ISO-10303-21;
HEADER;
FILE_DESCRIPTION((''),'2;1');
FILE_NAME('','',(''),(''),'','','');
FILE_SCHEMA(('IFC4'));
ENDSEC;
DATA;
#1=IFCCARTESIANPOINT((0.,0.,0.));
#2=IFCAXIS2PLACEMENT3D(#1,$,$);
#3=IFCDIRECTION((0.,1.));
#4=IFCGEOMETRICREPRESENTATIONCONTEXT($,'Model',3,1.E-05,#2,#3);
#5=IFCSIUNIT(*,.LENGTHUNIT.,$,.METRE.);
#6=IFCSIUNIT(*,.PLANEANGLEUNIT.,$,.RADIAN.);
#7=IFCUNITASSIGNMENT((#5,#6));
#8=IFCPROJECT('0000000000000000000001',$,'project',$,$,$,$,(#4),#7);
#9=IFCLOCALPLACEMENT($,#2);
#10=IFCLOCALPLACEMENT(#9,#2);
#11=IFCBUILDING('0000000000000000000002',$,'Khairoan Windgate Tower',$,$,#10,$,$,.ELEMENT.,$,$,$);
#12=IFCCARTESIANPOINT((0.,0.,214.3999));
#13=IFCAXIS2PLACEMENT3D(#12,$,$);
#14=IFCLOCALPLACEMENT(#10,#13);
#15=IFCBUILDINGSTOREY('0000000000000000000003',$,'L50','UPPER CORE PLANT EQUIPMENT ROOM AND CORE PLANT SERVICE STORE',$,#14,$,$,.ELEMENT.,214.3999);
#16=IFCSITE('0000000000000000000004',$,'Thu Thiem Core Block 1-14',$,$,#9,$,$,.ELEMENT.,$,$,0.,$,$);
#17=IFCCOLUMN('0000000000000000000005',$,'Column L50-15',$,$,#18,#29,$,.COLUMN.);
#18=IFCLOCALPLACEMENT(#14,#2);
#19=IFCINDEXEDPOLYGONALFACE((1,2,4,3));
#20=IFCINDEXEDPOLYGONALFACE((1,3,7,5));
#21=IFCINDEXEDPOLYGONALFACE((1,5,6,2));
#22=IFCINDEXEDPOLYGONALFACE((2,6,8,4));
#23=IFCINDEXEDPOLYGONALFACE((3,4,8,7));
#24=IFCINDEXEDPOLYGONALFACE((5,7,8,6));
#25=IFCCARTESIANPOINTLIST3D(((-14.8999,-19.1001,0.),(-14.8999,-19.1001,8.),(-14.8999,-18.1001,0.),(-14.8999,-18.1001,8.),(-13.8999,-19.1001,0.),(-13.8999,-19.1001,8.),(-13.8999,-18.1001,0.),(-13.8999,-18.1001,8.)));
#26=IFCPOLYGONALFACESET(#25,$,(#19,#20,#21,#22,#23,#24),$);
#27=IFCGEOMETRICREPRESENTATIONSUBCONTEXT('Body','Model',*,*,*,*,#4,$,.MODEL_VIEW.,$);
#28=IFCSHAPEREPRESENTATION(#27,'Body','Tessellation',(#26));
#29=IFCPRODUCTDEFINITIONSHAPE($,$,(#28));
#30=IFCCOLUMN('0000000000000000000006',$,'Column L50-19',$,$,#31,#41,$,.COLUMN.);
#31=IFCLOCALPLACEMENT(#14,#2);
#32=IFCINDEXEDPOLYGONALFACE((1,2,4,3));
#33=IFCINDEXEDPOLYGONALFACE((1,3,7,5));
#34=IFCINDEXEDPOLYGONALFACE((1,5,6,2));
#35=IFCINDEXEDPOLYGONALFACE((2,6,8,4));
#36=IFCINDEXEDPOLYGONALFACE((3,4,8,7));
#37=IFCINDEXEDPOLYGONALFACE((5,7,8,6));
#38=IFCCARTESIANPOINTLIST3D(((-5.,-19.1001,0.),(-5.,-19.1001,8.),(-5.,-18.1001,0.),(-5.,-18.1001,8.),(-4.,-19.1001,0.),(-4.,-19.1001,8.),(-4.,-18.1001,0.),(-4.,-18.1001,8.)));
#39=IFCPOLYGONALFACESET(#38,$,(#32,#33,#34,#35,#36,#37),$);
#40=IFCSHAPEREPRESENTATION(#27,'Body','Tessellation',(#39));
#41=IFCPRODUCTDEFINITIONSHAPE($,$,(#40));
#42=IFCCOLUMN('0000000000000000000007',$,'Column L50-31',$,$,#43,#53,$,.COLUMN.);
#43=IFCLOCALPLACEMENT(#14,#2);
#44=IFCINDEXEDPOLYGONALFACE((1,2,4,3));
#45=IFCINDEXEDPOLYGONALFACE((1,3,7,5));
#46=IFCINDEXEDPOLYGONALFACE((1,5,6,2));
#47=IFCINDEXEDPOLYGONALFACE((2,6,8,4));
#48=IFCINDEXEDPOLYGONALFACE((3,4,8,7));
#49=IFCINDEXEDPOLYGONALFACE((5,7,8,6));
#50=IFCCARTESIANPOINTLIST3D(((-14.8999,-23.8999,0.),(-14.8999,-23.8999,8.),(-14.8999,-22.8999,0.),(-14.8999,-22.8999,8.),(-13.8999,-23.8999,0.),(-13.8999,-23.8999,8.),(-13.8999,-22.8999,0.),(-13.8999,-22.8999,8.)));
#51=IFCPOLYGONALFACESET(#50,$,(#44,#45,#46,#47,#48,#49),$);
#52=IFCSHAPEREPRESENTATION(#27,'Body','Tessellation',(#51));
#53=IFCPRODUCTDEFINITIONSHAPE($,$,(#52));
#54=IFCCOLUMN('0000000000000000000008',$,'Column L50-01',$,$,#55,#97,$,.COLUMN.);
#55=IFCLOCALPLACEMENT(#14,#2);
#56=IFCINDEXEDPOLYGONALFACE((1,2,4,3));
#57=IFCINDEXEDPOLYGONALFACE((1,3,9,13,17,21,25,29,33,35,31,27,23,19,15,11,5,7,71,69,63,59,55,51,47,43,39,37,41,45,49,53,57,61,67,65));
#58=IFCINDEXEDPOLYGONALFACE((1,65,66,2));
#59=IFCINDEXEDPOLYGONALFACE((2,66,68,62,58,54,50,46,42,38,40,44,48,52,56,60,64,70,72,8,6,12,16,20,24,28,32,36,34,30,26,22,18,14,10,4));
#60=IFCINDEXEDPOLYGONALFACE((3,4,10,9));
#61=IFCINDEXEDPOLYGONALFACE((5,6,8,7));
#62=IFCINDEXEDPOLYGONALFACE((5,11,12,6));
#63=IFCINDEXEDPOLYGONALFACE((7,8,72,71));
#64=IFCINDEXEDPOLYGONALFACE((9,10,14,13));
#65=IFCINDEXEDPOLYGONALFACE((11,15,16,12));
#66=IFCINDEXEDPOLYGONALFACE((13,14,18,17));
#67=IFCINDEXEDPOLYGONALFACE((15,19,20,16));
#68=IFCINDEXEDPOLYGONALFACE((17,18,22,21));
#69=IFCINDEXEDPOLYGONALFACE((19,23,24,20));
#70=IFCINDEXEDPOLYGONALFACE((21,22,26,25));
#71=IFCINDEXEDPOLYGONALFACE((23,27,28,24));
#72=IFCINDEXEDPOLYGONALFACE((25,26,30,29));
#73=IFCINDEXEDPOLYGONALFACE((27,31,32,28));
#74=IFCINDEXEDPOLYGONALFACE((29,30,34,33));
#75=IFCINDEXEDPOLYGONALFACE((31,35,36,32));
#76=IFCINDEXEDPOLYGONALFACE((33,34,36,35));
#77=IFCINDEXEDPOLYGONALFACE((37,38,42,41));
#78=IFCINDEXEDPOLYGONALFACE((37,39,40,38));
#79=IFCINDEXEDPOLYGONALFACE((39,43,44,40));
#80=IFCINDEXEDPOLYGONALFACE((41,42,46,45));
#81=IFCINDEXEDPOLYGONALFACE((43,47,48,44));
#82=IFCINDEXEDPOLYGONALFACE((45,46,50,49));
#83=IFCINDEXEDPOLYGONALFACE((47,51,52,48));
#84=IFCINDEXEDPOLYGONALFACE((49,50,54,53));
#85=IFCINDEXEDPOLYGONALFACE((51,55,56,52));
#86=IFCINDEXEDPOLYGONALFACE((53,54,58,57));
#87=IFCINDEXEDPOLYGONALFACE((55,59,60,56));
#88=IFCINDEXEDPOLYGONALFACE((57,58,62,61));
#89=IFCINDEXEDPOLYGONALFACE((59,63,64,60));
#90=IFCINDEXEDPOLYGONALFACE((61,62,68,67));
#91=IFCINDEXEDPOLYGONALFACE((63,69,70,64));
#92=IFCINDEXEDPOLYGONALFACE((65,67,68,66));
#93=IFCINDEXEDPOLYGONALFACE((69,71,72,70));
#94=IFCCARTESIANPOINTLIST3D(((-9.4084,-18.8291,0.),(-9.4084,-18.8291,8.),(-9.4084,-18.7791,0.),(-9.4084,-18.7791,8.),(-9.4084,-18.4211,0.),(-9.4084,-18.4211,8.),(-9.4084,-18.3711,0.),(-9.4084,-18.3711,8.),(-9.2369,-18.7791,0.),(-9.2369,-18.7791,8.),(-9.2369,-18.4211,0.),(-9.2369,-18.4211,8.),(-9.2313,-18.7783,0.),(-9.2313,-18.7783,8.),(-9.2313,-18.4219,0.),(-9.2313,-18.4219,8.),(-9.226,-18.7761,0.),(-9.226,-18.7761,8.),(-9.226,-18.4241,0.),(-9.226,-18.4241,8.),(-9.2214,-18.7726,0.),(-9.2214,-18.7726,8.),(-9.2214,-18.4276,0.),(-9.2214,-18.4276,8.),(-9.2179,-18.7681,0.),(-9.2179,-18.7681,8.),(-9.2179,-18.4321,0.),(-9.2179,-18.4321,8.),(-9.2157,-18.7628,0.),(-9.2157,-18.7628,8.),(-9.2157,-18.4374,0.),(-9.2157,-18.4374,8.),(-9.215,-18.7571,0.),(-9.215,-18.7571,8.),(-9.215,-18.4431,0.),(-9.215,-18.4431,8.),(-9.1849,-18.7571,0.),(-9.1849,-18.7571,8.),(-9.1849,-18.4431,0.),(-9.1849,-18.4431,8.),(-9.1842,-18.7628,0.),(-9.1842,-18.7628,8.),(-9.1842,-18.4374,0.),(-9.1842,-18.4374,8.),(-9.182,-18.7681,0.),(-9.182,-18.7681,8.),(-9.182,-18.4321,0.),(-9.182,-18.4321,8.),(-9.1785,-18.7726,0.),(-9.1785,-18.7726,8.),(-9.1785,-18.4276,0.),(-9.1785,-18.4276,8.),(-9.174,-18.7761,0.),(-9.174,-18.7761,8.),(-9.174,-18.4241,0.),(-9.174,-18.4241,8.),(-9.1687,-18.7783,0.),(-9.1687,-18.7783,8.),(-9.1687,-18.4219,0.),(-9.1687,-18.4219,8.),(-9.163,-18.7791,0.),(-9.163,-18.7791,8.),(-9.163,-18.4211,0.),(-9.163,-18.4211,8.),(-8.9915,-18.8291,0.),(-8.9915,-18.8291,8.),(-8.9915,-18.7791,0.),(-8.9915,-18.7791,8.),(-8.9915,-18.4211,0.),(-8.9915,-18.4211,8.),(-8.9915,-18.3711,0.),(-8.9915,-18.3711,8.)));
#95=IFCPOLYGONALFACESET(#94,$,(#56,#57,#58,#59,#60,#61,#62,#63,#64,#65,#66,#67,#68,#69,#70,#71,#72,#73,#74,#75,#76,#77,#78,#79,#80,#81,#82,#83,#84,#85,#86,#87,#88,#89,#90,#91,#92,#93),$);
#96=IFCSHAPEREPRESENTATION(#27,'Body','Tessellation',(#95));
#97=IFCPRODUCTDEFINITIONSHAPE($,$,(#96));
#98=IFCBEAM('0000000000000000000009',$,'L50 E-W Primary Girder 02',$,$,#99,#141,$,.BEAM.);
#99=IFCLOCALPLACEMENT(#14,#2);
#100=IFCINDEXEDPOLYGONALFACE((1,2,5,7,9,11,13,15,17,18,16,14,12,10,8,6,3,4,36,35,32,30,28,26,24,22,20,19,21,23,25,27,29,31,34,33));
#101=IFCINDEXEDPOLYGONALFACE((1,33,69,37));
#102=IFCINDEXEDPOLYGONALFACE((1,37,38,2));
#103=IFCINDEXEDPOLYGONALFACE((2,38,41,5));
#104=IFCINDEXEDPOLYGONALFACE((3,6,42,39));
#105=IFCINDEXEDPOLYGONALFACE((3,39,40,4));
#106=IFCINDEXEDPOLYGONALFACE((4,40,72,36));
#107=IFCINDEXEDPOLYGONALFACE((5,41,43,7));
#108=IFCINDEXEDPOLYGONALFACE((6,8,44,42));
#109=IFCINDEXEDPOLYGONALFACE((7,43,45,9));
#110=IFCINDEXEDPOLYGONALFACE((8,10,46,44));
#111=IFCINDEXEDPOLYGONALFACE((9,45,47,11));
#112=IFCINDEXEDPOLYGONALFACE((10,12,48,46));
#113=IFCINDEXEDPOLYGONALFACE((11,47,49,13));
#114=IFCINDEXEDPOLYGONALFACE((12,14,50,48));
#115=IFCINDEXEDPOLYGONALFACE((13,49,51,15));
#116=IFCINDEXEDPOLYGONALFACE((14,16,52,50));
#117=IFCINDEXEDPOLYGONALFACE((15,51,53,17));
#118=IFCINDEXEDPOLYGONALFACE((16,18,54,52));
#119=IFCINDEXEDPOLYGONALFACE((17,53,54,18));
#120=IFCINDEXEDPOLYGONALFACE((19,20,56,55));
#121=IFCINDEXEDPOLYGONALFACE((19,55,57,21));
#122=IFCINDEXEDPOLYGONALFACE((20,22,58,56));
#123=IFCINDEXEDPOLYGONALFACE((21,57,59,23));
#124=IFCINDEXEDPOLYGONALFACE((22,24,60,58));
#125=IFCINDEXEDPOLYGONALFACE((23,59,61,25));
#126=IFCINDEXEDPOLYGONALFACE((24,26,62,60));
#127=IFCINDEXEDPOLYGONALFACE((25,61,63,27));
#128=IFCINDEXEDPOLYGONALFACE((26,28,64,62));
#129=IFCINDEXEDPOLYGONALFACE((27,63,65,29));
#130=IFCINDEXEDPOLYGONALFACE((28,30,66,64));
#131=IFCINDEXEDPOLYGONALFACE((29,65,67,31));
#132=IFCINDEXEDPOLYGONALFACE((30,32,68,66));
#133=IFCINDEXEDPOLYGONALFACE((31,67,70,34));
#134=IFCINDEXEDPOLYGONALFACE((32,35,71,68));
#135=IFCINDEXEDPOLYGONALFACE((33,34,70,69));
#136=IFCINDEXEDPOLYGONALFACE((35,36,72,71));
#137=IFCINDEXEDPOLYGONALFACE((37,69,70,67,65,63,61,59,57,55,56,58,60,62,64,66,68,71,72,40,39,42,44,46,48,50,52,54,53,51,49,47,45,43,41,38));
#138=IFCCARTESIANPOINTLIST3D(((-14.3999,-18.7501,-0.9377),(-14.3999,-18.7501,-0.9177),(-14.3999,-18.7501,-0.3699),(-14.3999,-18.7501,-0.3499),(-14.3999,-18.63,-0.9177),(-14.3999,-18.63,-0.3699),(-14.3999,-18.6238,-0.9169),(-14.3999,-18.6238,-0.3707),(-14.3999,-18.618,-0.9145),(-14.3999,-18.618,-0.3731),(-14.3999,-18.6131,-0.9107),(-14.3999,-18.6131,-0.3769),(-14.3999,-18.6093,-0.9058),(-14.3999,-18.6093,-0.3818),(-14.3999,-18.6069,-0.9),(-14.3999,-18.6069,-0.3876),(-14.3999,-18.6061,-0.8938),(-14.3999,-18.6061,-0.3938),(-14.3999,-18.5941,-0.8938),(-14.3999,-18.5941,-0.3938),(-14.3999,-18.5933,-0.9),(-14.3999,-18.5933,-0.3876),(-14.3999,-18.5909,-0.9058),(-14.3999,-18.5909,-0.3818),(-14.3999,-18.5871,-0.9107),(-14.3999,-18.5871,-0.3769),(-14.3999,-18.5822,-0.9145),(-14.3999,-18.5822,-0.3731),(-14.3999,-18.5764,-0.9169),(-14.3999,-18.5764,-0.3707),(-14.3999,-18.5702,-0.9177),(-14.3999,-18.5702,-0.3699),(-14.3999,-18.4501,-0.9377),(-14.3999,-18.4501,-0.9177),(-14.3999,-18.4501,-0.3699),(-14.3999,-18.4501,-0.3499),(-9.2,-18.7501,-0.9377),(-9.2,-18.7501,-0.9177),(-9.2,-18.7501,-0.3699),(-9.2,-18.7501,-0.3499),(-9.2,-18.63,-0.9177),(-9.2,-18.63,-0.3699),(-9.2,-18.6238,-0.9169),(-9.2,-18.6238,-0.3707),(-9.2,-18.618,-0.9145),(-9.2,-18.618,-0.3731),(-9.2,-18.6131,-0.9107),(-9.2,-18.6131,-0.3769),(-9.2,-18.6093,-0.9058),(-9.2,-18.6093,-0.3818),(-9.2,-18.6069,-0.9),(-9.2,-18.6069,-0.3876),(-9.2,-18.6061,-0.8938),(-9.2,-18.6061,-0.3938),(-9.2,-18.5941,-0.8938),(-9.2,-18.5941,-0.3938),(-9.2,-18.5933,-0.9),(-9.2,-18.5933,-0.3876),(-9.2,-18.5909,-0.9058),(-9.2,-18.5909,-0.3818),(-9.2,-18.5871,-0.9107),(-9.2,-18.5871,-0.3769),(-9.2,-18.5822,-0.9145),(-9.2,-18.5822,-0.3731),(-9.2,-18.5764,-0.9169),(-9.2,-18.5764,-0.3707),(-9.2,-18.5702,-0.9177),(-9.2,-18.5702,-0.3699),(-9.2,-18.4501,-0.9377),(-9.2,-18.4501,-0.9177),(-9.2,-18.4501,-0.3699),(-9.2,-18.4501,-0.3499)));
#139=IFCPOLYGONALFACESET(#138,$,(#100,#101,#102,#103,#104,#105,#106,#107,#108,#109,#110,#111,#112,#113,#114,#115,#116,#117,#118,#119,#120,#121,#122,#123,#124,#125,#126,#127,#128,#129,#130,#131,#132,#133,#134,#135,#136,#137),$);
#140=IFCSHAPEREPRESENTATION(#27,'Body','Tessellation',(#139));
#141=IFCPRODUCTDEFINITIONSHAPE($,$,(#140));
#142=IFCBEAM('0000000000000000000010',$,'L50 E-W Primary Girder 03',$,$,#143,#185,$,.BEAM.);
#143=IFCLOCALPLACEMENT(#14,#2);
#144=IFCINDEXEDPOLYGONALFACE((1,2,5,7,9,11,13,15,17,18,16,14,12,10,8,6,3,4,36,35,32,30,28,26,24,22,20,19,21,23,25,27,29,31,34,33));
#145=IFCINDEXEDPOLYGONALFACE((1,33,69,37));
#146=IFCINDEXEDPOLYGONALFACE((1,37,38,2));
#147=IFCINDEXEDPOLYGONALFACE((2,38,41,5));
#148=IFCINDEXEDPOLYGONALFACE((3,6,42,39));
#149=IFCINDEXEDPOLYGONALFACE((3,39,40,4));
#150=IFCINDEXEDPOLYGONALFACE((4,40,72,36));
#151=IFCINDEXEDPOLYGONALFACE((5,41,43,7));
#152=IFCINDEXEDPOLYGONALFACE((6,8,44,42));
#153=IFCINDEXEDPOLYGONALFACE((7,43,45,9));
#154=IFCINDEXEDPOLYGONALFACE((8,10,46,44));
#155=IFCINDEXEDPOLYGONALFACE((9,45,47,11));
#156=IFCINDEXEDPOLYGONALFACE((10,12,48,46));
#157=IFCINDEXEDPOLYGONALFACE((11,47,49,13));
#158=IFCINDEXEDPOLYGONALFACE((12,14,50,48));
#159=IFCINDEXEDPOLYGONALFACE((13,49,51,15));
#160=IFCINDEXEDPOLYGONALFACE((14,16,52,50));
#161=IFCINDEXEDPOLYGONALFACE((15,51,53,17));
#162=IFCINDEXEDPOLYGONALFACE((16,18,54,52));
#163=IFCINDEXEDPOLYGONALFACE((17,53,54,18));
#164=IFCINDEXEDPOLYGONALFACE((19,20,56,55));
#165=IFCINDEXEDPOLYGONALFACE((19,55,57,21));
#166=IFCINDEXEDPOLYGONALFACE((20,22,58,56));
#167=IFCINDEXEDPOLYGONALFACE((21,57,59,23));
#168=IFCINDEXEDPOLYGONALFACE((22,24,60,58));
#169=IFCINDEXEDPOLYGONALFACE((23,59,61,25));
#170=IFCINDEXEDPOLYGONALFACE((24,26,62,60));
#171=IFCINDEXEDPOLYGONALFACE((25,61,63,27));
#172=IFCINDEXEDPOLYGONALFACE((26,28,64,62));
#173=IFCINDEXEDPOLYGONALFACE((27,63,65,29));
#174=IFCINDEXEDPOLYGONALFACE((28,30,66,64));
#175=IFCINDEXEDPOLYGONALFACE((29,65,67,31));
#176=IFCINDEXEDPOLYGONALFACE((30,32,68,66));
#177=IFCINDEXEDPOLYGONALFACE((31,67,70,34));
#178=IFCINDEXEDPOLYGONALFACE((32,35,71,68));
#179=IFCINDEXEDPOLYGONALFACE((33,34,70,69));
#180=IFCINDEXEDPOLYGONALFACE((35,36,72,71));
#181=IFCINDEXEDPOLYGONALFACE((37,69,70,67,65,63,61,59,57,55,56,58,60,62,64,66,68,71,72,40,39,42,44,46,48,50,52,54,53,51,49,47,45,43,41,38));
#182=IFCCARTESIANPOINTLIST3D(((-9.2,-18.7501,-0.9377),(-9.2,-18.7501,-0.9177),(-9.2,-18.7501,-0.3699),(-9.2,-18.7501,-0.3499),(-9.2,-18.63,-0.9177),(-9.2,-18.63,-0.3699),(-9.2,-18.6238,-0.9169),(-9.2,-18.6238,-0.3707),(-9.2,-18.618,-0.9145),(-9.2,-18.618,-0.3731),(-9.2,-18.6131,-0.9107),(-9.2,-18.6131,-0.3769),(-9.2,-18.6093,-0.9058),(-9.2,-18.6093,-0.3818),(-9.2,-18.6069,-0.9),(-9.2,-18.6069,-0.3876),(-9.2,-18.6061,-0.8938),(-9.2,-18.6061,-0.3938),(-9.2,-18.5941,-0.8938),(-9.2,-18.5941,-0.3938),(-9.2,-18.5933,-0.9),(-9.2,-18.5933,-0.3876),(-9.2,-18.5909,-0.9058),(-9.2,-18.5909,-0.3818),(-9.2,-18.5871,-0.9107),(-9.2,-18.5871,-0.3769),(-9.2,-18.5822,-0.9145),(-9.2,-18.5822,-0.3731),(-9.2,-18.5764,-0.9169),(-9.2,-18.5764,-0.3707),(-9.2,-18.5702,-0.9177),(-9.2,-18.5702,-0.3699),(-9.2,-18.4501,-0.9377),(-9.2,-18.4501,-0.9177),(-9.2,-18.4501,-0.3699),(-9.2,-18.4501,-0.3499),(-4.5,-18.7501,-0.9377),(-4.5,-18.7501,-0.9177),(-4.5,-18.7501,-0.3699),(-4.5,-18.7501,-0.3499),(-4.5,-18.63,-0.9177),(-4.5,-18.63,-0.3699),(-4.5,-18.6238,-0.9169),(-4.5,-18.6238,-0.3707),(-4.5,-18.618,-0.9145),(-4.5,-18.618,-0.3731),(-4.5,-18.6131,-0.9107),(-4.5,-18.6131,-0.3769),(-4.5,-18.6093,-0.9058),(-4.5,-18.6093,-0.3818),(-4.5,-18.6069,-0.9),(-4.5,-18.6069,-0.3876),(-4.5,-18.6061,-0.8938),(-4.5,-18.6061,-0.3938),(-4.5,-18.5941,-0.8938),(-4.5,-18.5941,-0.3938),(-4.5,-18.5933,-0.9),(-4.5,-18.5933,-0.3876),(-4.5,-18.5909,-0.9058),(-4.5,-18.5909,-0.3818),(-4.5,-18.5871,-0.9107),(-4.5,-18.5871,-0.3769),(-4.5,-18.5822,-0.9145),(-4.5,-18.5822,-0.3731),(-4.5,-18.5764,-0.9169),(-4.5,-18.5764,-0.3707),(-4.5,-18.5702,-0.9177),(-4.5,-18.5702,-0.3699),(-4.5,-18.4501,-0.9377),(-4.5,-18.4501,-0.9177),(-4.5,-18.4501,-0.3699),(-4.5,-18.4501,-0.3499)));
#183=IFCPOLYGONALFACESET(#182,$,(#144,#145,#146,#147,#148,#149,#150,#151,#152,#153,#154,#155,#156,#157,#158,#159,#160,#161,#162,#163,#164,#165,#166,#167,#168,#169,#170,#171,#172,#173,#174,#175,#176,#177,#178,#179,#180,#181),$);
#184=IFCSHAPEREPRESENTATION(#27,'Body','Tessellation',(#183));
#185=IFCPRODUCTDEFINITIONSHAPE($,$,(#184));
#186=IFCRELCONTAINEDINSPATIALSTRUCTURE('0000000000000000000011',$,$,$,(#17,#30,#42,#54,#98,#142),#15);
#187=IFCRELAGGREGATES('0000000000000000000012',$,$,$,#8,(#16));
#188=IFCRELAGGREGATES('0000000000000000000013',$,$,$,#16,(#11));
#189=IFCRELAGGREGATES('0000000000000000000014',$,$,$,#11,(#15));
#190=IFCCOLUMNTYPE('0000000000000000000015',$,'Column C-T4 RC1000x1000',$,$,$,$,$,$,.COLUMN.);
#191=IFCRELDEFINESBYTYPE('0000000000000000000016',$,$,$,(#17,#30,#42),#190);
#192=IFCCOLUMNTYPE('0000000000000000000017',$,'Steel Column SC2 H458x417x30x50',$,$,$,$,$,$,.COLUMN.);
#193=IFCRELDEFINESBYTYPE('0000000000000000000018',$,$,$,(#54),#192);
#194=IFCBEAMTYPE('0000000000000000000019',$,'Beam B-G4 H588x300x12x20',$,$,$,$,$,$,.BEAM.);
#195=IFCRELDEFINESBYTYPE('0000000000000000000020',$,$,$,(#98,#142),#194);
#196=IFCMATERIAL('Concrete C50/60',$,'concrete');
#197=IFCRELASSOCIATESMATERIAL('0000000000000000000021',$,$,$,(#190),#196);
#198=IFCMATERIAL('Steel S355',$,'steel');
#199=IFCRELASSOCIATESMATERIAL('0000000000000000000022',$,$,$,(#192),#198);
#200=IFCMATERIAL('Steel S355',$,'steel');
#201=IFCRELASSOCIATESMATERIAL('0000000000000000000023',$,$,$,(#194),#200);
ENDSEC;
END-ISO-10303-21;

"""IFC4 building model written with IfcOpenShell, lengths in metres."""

from ifc_helpers import new_model, si_unit, direction, frame, origin, origin_2d, place, context, subcontext, project, spatial, rectangle, i_section, extrude, material, material_profile, profile_set, type_object, element, save


model = new_model("IFC4")

# Units and contexts
model_context = context("Model", 3, precision=1e-05, world=origin(), true_north=direction((0.0, 1.0)))
body_context = subcontext(model_context, "Body", "Model", "MODEL_VIEW")
ifc_project = project(units=[si_unit("LENGTHUNIT", "METRE"), si_unit("PLANEANGLEUNIT", "RADIAN")], contexts=[model_context])

# Site, building, storey
site_placement = place(None, origin())
site = spatial("IfcSite", under=ifc_project, at=site_placement, Name="Thu Thiem Core Block 1-14", CompositionType="ELEMENT", RefElevation=0.0)
building_placement = place(site_placement, origin())
building = spatial("IfcBuilding", under=site, at=building_placement, Name="Khairoan Windgate Tower", CompositionType="ELEMENT")
storey_placement = place(building_placement, frame((0.0, 0.0, 214.3999)))
storey = spatial("IfcBuildingStorey", under=building, at=storey_placement, Name="L50", Description="UPPER CORE PLANT EQUIPMENT ROOM AND CORE PLANT SERVICE STORE", CompositionType="ELEMENT", Elevation=214.3999)

# Columns
ifc_material_1 = material(Name="Concrete C50/60", Category="concrete")
ifc_material_profile_1 = material_profile(ifc_material_1, rectangle(XDim=1.0, YDim=1.0, at=origin_2d()))
ifc_profile_set_1 = profile_set([ifc_material_profile_1], Name="Concrete C50/60")
column_type_1 = type_object("IfcColumnType", Name="Column C-T4 RC1000x1000", PredefinedType="COLUMN", material=ifc_profile_set_1)
for number, where, z_axis, x_axis, name in (
    (1, (-14.3999, -18.6001, 0.0), (0.0, 0.0, 1.0), (1.0, 0.0, 0.0), "Column L50-15"),
    (2, (-4.5, -18.6001, 0.0), (0.0, 0.0, 1.0), (1.0, 0.0, 0.0), "Column L50-19"),
    (3, (-14.3999, -23.3999, 0.0), (0.0, 0.0, 1.0), (1.0, 0.0, 0.0), "Column L50-31"),
):
    element("IfcColumn", number, at=place(storey_placement, frame(where, z_axis=z_axis, x_axis=x_axis)), inside=storey, type_object=column_type_1, Name=name, PredefinedType="COLUMN", context=body_context, shape_type="SweptSolid", body=[
        extrude(rectangle(XDim=1.0, YDim=1.0, at=origin_2d()), origin(), (0.0, 0.0, 1.0), 8.0),
    ])
ifc_material_2 = material(Name="Steel S355", Category="steel")
ifc_material_profile_2 = material_profile(ifc_material_2, i_section(OverallWidth=0.417, OverallDepth=0.458, WebThickness=0.03, FlangeThickness=0.05, FilletRadius=0.022, at=origin_2d()))
ifc_profile_set_2 = profile_set([ifc_material_profile_2], Name="Steel S355")
column_type_2 = type_object("IfcColumnType", Name="Steel Column SC2 H458x417x30x50", PredefinedType="COLUMN", material=ifc_profile_set_2)
column_placement = place(storey_placement, frame((-9.2, -18.6001, 0.0), z_axis=(0.0, 0.0, 1.0), x_axis=(1.0, 0.0, 0.0)))
element("IfcColumn", 4, at=column_placement, inside=storey, type_object=column_type_2, Name="Column L50-01", PredefinedType="COLUMN", context=body_context, shape_type="SweptSolid", body=[
    extrude(i_section(OverallWidth=0.417, OverallDepth=0.458, WebThickness=0.03, FlangeThickness=0.05, FilletRadius=0.022, at=origin_2d()), origin(), (0.0, 0.0, 1.0), 8.0),
])

# Beams
ifc_material_3 = material(Name="Steel S355", Category="steel")
ifc_material_profile_3 = material_profile(ifc_material_3, i_section(OverallWidth=0.3, OverallDepth=0.5879, WebThickness=0.012, FlangeThickness=0.02, FilletRadius=0.0239, at=origin_2d()))
ifc_profile_set_3 = profile_set([ifc_material_profile_3], Name="Steel S355")
beam_type_1 = type_object("IfcBeamType", Name="Beam B-G4 H588x300x12x20", PredefinedType="BEAM", material=ifc_profile_set_3)
beam_1_placement = place(storey_placement, frame((-14.3999, -18.6001, -0.6438), z_axis=(1.0, 0.0, 0.0), x_axis=(0.0, 1.0, 0.0)))
element("IfcBeam", 5, at=beam_1_placement, inside=storey, type_object=beam_type_1, Name="L50 E-W Primary Girder 02", PredefinedType="BEAM", context=body_context, shape_type="SweptSolid", body=[
    extrude(i_section(OverallWidth=0.3, OverallDepth=0.5879, WebThickness=0.012, FlangeThickness=0.02, FilletRadius=0.0239, at=origin_2d()), origin(), (0.0, 0.0, 1.0), 5.2),
])
beam_2_placement = place(storey_placement, frame((-9.2, -18.6001, -0.6438), z_axis=(1.0, 0.0, 0.0), x_axis=(0.0, 1.0, 0.0)))
element("IfcBeam", 6, at=beam_2_placement, inside=storey, type_object=beam_type_1, Name="L50 E-W Primary Girder 03", PredefinedType="BEAM", context=body_context, shape_type="SweptSolid", body=[
    extrude(i_section(OverallWidth=0.3, OverallDepth=0.5879, WebThickness=0.012, FlangeThickness=0.02, FilletRadius=0.0239, at=origin_2d()), origin(), (0.0, 0.0, 1.0), 4.7),
])

save(model, "model.ifc")
